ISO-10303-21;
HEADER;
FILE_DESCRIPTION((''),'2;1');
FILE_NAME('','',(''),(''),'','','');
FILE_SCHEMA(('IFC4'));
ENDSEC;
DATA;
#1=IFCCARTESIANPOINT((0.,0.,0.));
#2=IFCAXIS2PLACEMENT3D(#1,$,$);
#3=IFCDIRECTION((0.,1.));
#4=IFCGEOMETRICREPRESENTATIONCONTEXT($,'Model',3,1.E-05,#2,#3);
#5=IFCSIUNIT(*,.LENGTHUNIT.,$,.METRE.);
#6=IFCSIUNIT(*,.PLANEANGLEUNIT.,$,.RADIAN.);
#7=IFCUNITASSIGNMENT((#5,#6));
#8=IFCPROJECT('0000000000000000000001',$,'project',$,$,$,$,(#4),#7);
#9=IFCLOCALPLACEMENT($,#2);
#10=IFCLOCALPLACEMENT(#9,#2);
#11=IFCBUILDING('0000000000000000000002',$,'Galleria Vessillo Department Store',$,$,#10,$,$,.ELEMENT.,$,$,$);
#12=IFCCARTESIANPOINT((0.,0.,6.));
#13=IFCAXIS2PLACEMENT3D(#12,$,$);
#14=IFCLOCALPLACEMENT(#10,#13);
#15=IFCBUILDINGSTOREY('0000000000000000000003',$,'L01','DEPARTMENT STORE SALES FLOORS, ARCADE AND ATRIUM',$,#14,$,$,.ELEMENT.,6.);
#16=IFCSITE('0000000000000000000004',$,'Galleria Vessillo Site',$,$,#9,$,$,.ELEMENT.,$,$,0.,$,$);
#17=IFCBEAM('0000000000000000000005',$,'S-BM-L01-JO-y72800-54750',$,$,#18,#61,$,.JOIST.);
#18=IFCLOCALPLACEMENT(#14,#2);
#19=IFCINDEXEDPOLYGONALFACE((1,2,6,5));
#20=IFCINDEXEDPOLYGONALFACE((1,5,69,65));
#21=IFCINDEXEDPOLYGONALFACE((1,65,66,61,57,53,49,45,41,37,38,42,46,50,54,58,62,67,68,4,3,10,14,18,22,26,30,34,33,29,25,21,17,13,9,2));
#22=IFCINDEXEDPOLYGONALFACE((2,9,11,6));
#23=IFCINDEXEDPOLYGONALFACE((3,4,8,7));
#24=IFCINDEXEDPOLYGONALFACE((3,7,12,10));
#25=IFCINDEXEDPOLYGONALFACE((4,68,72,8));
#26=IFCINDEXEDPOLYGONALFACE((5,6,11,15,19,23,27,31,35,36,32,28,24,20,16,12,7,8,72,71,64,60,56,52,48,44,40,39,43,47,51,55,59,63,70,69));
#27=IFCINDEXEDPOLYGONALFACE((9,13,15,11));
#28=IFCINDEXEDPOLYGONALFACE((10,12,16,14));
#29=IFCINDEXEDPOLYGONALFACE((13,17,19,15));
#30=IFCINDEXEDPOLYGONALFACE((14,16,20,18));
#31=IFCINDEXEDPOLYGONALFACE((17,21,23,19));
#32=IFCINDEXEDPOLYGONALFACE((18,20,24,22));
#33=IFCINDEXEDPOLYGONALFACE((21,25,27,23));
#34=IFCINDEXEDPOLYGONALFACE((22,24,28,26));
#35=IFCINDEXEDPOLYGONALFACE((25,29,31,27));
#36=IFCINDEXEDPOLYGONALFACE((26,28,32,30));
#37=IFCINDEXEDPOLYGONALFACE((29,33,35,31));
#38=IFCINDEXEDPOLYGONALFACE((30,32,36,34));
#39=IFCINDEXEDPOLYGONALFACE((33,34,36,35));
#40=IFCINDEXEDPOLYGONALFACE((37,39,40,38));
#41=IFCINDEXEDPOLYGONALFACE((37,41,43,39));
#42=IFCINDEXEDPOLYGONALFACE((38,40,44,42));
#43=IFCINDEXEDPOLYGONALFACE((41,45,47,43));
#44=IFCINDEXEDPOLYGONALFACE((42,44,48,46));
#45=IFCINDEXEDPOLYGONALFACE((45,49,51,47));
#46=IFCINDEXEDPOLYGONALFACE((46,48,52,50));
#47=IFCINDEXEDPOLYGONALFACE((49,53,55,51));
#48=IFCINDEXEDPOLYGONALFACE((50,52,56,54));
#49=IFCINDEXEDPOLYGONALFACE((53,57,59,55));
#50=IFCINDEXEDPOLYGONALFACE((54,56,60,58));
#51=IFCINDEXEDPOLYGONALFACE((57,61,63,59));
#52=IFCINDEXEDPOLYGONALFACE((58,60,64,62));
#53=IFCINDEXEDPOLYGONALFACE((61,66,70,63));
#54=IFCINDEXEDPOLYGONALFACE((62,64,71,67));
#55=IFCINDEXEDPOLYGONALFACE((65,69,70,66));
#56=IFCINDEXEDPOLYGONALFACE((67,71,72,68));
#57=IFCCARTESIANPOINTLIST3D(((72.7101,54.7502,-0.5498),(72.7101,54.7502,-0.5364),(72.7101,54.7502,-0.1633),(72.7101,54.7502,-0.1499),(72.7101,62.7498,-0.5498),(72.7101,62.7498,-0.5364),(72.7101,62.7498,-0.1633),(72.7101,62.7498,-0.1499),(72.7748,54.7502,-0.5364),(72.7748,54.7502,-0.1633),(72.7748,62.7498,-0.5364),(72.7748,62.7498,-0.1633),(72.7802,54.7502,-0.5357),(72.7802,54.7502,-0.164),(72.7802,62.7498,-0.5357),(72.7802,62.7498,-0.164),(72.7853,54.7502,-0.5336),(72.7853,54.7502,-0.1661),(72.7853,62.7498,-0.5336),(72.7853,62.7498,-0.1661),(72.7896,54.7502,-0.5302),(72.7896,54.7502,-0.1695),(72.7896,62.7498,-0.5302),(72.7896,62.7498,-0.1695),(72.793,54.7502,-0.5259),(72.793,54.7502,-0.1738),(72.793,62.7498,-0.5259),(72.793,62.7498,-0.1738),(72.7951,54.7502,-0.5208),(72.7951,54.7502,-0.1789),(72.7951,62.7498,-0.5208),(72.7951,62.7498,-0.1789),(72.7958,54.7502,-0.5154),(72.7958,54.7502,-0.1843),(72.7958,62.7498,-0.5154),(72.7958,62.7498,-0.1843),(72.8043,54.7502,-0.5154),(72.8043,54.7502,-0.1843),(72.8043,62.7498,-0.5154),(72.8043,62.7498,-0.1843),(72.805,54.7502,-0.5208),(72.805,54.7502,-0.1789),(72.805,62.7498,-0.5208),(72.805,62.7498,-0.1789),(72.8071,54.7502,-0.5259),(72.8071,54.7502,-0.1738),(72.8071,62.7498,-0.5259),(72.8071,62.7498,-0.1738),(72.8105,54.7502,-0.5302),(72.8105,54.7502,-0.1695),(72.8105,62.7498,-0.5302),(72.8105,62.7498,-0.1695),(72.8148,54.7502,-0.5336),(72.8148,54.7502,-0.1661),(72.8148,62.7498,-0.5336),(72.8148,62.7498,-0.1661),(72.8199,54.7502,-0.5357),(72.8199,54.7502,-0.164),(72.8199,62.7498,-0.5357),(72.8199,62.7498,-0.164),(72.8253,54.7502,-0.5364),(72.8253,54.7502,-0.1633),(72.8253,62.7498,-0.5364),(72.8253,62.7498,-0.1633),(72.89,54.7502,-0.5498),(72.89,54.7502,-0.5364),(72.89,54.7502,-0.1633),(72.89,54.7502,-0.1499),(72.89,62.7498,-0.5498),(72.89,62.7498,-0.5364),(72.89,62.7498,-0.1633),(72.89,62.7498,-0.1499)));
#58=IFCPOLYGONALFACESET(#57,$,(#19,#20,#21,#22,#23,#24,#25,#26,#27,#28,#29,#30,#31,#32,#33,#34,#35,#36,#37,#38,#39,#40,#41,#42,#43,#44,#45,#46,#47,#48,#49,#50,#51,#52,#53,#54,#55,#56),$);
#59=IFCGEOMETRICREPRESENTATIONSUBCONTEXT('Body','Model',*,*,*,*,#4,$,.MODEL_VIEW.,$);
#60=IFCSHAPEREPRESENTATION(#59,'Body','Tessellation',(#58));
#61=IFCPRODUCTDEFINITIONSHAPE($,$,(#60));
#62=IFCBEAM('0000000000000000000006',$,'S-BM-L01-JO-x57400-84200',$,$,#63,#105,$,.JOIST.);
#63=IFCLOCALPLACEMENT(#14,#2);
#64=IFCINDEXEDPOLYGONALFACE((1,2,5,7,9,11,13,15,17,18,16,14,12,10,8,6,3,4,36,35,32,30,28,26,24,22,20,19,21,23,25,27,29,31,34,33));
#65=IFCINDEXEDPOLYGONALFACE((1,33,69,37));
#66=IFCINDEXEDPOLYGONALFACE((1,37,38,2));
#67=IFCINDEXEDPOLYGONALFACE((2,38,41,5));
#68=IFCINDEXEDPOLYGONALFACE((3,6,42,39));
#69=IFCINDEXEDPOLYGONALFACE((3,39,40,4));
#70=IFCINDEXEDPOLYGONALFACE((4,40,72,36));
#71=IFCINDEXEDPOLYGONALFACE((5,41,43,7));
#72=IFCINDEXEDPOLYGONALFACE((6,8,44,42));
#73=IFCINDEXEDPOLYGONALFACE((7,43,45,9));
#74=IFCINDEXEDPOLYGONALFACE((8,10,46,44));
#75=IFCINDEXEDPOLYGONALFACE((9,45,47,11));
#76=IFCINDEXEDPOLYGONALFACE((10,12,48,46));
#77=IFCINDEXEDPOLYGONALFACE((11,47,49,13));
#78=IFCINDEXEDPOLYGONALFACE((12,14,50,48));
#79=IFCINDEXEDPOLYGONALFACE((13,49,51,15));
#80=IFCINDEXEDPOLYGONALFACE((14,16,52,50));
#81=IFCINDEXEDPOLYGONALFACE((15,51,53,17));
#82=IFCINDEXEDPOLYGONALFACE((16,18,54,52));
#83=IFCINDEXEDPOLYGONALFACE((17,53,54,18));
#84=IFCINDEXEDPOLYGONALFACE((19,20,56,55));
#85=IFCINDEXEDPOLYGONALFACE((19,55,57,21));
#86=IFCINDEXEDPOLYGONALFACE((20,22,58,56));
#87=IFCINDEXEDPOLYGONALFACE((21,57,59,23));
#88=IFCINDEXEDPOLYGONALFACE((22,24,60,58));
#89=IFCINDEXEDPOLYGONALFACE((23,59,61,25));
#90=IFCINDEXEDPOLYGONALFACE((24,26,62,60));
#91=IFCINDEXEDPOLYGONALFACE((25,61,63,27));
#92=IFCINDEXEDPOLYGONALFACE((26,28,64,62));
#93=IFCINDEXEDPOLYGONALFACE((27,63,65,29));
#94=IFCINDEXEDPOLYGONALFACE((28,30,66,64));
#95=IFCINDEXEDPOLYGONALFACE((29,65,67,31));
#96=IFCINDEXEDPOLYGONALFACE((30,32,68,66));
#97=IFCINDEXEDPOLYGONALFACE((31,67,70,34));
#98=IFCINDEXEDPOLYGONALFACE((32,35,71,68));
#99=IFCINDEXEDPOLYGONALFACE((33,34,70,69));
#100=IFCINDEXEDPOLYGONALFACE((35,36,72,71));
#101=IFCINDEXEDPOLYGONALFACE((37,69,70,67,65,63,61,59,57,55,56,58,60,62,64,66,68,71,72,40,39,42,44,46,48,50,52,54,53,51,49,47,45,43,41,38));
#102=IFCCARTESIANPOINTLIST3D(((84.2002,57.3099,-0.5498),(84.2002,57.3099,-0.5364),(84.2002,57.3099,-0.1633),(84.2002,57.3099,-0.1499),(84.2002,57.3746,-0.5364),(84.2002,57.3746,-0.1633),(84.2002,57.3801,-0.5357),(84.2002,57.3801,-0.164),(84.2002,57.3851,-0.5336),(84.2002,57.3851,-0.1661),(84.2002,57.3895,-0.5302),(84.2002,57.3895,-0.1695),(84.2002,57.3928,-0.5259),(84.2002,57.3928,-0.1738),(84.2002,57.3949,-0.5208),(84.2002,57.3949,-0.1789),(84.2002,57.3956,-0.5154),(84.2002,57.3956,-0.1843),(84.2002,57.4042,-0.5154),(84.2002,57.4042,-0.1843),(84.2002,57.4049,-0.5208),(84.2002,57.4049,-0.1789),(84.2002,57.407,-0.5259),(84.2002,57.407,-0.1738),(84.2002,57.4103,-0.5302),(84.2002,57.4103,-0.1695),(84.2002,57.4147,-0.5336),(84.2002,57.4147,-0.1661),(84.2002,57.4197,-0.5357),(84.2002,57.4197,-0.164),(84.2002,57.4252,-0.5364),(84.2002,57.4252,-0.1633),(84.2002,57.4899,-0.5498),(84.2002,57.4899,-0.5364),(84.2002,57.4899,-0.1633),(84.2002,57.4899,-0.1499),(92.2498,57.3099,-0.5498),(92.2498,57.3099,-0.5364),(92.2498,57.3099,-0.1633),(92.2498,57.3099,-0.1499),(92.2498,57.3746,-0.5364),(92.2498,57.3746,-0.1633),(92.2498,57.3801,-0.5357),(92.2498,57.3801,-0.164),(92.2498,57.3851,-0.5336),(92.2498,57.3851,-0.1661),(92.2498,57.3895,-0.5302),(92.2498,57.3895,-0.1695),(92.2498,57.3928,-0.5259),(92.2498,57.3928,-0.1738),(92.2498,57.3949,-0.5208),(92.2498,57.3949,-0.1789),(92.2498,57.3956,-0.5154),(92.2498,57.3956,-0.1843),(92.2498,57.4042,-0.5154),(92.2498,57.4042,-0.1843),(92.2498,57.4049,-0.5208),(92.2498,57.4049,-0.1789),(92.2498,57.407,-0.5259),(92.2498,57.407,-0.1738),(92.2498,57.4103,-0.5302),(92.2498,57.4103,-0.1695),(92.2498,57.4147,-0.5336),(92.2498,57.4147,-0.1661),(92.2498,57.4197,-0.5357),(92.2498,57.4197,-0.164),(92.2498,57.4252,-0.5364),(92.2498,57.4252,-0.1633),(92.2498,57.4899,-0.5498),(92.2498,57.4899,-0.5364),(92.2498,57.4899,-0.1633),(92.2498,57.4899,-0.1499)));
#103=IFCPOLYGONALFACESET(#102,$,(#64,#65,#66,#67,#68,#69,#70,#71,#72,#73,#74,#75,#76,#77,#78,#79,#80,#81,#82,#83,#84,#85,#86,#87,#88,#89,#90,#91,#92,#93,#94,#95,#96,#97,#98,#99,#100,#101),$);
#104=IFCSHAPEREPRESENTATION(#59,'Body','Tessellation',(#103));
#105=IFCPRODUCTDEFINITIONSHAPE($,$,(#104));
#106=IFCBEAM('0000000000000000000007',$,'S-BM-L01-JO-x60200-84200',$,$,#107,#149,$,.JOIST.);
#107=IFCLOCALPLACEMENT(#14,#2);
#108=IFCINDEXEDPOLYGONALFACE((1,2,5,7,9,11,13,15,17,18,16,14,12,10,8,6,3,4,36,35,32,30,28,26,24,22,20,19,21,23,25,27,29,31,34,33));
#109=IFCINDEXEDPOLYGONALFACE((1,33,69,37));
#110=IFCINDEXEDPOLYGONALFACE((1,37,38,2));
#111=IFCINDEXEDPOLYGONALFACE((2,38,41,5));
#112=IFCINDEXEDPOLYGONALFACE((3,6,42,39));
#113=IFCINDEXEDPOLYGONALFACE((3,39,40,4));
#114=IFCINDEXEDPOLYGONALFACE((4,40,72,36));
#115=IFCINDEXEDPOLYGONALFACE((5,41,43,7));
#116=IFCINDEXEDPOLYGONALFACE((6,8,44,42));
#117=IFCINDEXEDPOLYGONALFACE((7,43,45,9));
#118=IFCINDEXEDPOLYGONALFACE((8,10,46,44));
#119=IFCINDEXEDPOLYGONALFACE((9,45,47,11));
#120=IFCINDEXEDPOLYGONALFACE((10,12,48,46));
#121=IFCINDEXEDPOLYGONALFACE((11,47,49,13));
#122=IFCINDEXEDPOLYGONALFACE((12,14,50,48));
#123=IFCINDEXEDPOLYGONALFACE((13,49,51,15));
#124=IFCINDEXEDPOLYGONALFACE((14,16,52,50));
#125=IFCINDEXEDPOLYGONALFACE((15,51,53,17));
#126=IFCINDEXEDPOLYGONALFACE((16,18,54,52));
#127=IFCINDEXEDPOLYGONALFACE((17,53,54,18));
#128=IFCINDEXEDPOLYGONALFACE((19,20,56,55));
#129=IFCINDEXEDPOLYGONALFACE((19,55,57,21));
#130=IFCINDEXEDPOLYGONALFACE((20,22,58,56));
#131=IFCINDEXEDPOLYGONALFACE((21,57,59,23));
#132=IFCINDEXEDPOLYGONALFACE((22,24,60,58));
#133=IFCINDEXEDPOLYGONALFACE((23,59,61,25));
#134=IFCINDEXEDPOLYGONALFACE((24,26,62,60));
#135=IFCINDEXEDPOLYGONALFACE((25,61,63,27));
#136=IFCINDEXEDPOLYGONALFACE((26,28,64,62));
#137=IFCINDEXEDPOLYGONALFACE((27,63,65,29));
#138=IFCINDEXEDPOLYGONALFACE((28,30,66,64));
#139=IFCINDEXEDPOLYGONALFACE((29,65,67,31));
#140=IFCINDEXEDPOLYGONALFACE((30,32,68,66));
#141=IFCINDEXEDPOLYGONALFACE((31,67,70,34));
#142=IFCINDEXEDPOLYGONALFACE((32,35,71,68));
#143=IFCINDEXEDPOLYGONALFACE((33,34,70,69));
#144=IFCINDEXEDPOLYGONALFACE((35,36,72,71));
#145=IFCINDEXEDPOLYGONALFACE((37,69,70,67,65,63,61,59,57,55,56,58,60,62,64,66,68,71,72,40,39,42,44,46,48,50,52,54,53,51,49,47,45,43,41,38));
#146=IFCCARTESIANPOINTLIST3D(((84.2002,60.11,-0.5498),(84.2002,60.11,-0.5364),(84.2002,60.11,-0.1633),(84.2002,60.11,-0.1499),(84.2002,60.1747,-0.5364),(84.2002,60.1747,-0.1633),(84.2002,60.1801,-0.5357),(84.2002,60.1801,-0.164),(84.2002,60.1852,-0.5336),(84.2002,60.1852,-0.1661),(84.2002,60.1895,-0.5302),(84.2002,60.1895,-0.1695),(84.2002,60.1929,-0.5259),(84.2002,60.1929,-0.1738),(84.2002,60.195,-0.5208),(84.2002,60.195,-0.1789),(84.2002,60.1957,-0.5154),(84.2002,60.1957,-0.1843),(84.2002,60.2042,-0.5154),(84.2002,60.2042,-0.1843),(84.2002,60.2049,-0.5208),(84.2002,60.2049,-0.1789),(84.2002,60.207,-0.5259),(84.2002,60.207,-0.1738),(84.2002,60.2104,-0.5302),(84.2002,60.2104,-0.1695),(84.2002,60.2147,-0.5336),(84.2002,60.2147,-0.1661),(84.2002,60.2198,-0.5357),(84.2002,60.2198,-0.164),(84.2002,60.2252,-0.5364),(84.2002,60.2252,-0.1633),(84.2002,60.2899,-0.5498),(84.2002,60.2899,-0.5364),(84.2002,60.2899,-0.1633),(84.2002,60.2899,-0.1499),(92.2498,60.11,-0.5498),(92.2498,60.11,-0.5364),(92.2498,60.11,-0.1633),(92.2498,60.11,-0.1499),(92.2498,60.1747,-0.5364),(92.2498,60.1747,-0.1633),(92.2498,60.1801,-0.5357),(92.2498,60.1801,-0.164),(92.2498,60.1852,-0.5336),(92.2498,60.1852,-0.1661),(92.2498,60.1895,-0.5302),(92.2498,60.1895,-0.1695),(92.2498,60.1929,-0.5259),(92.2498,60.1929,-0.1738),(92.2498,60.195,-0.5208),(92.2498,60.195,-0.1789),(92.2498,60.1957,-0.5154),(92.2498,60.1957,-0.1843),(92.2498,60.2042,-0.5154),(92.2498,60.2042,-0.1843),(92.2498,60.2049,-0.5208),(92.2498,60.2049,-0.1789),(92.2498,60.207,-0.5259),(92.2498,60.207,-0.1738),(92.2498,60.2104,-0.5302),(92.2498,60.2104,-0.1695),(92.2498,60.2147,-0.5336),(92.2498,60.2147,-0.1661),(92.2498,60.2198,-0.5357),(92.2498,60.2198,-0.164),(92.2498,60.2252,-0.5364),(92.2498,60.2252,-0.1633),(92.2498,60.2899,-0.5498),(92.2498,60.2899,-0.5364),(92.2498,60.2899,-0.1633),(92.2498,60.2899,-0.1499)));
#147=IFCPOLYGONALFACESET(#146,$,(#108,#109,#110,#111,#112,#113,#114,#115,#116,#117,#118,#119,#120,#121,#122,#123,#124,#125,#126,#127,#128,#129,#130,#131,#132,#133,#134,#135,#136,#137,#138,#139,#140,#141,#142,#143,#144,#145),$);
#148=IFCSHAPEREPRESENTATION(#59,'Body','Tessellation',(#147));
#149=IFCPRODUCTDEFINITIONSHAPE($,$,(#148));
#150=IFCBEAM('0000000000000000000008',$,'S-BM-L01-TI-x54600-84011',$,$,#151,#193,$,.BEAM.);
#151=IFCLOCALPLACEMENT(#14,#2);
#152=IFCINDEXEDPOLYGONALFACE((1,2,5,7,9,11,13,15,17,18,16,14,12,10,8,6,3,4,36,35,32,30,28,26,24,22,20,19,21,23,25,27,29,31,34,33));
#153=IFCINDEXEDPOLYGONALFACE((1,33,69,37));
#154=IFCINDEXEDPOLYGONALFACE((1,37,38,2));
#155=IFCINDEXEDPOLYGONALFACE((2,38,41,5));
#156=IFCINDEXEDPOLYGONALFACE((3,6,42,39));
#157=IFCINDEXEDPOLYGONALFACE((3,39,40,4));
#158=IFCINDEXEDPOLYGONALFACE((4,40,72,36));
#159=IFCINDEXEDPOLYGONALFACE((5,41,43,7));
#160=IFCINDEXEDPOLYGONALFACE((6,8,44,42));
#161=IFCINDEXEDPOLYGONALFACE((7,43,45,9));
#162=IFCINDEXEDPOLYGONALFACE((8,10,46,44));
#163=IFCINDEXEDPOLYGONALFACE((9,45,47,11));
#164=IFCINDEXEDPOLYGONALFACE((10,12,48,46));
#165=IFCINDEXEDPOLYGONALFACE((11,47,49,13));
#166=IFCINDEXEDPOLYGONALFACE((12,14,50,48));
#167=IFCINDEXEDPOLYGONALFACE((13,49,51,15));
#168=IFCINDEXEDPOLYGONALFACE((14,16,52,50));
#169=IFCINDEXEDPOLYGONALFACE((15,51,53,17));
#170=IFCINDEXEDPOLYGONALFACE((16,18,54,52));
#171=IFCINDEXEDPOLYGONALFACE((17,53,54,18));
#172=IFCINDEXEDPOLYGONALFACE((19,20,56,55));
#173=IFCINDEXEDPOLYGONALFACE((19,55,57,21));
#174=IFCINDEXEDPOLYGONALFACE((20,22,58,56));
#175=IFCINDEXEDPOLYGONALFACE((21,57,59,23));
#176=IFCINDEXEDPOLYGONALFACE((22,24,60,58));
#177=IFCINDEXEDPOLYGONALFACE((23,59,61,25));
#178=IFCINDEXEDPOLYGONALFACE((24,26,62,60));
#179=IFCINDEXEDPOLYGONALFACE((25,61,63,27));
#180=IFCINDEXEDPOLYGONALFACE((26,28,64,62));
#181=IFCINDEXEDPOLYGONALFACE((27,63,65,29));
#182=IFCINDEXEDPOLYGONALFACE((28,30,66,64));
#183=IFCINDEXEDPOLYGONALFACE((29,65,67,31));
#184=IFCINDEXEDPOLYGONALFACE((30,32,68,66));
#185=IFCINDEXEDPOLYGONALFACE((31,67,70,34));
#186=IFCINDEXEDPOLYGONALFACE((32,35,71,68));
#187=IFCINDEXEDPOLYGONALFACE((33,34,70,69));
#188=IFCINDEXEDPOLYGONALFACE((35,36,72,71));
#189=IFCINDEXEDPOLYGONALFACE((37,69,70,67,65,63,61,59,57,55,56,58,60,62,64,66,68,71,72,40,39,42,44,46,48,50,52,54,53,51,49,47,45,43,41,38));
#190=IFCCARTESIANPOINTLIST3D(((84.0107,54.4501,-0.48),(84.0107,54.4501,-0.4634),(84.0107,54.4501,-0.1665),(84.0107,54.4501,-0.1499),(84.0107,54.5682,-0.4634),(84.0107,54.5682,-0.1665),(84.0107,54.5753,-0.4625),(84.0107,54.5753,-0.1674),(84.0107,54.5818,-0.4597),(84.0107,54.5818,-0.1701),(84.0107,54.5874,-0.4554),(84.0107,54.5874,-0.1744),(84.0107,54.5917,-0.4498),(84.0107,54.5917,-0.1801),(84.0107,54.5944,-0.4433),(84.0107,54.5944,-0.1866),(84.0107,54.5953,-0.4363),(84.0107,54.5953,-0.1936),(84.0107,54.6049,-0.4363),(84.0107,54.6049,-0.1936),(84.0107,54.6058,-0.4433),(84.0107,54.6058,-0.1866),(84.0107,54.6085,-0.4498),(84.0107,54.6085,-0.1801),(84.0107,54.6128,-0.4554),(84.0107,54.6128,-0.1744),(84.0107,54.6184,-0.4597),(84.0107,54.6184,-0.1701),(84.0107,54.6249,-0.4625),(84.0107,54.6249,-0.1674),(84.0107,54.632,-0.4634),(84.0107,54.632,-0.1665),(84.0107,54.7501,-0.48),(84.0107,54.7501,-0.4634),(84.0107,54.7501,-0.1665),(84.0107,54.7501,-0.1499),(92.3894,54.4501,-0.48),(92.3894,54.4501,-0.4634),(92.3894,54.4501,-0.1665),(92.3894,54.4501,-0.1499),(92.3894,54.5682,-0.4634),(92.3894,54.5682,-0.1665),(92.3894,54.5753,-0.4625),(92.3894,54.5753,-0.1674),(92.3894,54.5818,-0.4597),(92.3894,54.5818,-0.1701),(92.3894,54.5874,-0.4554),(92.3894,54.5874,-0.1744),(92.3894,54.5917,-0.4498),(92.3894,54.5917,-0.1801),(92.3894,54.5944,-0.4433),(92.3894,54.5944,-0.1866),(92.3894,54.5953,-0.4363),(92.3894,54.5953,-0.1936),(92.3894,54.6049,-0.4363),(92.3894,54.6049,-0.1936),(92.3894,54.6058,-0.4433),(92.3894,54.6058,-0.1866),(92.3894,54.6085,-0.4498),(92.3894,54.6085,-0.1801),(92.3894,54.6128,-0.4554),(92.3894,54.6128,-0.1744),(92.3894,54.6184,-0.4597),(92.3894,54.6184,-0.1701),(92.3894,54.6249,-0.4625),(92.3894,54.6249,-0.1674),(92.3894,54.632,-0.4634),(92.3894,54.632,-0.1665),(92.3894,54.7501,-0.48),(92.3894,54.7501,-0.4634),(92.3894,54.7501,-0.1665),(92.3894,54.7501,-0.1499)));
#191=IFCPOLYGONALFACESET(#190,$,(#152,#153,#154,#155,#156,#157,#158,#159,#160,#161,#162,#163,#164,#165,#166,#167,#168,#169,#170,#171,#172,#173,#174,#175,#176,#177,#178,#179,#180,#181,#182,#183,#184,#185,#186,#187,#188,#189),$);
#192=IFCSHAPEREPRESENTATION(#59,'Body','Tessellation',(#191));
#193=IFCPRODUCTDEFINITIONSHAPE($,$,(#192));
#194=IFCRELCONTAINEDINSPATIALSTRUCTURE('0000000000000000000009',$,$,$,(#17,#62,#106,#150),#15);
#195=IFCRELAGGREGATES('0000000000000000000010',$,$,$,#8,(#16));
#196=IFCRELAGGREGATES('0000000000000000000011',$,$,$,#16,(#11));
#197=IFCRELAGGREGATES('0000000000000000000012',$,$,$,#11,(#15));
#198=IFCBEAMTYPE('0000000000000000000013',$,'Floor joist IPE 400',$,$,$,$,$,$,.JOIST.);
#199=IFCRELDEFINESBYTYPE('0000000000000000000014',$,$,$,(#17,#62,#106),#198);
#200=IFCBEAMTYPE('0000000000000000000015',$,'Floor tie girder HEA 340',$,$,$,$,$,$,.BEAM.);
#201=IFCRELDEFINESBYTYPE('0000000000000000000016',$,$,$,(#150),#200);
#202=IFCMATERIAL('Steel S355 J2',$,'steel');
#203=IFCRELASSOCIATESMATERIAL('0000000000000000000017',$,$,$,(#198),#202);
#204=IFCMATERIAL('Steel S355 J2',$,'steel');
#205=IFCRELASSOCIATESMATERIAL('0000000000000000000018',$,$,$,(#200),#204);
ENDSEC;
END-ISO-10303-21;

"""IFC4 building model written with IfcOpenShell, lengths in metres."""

from ifc_helpers import new_model, si_unit, direction, frame, origin, origin_2d, place, context, subcontext, project, spatial, i_section, extrude, material, material_profile, profile_set, type_object, element, save


model = new_model("IFC4")

# Units and contexts
model_context = context("Model", 3, precision=1e-05, world=origin(), true_north=direction((0.0, 1.0)))
body_context = subcontext(model_context, "Body", "Model", "MODEL_VIEW")
ifc_project = project(units=[si_unit("LENGTHUNIT", "METRE"), si_unit("PLANEANGLEUNIT", "RADIAN")], contexts=[model_context])

# Site, building, storey
site_placement = place(None, origin())
site = spatial("IfcSite", under=ifc_project, at=site_placement, Name="Galleria Vessillo Site", CompositionType="ELEMENT", RefElevation=0.0)
building_placement = place(site_placement, origin())
building = spatial("IfcBuilding", under=site, at=building_placement, Name="Galleria Vessillo Department Store", CompositionType="ELEMENT")
storey_placement = place(building_placement, frame((0.0, 0.0, 6.0)))
storey = spatial("IfcBuildingStorey", under=building, at=storey_placement, Name="L01", Description="DEPARTMENT STORE SALES FLOORS, ARCADE AND ATRIUM", CompositionType="ELEMENT", Elevation=6.0)

# Beams
ifc_material_1 = material(Name="Steel S355 J2", Category="steel")
ifc_material_profile_1 = material_profile(ifc_material_1, i_section(OverallWidth=0.1799, OverallDepth=0.3999, WebThickness=0.0085, FlangeThickness=0.0134, FilletRadius=0.021, at=origin_2d()), Name="IPE 400")
ifc_profile_set_1 = profile_set([ifc_material_profile_1], Name="Steel S355 J2")
beam_type_1 = type_object("IfcBeamType", Name="Floor joist IPE 400", PredefinedType="JOIST", material=ifc_profile_set_1)
beam_1_placement = place(storey_placement, frame((72.8, 54.7502, -0.3499), z_axis=(0.0, 1.0, 0.0), x_axis=(-1.0, 0.0, 0.0)))
element("IfcBeam", 1, at=beam_1_placement, inside=storey, type_object=beam_type_1, Name="S-BM-L01-JO-y72800-54750", PredefinedType="JOIST", context=body_context, shape_type="SweptSolid", body=[
    extrude(i_section(OverallWidth=0.1799, OverallDepth=0.3999, WebThickness=0.0085, FlangeThickness=0.0134, FilletRadius=0.021, at=origin_2d()), origin(), (0.0, 0.0, 1.0), 7.9995),
])
for number, where, z_axis, x_axis, name in (
    (2, (84.2002, 57.3999, -0.3499), (1.0, 0.0, 0.0), (0.0, 1.0, 0.0), "S-BM-L01-JO-x57400-84200"),
    (3, (84.2002, 60.2, -0.3499), (1.0, 0.0, 0.0), (0.0, 1.0, 0.0), "S-BM-L01-JO-x60200-84200"),
):
    element("IfcBeam", number, at=place(storey_placement, frame(where, z_axis=z_axis, x_axis=x_axis)), inside=storey, type_object=beam_type_1, Name=name, PredefinedType="JOIST", context=body_context, shape_type="SweptSolid", body=[
        extrude(i_section(OverallWidth=0.1799, OverallDepth=0.3999, WebThickness=0.0085, FlangeThickness=0.0134, FilletRadius=0.021, at=origin_2d()), origin(), (0.0, 0.0, 1.0), 8.0496),
    ])
ifc_material_2 = material(Name="Steel S355 J2", Category="steel")
ifc_material_profile_2 = material_profile(ifc_material_2, i_section(OverallWidth=0.3, OverallDepth=0.3301, WebThickness=0.0095, FlangeThickness=0.0166, FilletRadius=0.0271, at=origin_2d()), Name="HEA 340")
ifc_profile_set_2 = profile_set([ifc_material_profile_2], Name="Steel S355 J2")
beam_type_2 = type_object("IfcBeamType", Name="Floor tie girder HEA 340", PredefinedType="BEAM", material=ifc_profile_set_2)
beam_2_placement = place(storey_placement, frame((84.0107, 54.6001, -0.3149), z_axis=(1.0, 0.0, 0.0), x_axis=(0.0, 1.0, 0.0)))
element("IfcBeam", 4, at=beam_2_placement, inside=storey, type_object=beam_type_2, Name="S-BM-L01-TI-x54600-84011", PredefinedType="BEAM", context=body_context, shape_type="SweptSolid", body=[
    extrude(i_section(OverallWidth=0.3, OverallDepth=0.3301, WebThickness=0.0095, FlangeThickness=0.0166, FilletRadius=0.0271, at=origin_2d()), origin(), (0.0, 0.0, 1.0), 8.3787),
])

save(model, "model.ifc")
